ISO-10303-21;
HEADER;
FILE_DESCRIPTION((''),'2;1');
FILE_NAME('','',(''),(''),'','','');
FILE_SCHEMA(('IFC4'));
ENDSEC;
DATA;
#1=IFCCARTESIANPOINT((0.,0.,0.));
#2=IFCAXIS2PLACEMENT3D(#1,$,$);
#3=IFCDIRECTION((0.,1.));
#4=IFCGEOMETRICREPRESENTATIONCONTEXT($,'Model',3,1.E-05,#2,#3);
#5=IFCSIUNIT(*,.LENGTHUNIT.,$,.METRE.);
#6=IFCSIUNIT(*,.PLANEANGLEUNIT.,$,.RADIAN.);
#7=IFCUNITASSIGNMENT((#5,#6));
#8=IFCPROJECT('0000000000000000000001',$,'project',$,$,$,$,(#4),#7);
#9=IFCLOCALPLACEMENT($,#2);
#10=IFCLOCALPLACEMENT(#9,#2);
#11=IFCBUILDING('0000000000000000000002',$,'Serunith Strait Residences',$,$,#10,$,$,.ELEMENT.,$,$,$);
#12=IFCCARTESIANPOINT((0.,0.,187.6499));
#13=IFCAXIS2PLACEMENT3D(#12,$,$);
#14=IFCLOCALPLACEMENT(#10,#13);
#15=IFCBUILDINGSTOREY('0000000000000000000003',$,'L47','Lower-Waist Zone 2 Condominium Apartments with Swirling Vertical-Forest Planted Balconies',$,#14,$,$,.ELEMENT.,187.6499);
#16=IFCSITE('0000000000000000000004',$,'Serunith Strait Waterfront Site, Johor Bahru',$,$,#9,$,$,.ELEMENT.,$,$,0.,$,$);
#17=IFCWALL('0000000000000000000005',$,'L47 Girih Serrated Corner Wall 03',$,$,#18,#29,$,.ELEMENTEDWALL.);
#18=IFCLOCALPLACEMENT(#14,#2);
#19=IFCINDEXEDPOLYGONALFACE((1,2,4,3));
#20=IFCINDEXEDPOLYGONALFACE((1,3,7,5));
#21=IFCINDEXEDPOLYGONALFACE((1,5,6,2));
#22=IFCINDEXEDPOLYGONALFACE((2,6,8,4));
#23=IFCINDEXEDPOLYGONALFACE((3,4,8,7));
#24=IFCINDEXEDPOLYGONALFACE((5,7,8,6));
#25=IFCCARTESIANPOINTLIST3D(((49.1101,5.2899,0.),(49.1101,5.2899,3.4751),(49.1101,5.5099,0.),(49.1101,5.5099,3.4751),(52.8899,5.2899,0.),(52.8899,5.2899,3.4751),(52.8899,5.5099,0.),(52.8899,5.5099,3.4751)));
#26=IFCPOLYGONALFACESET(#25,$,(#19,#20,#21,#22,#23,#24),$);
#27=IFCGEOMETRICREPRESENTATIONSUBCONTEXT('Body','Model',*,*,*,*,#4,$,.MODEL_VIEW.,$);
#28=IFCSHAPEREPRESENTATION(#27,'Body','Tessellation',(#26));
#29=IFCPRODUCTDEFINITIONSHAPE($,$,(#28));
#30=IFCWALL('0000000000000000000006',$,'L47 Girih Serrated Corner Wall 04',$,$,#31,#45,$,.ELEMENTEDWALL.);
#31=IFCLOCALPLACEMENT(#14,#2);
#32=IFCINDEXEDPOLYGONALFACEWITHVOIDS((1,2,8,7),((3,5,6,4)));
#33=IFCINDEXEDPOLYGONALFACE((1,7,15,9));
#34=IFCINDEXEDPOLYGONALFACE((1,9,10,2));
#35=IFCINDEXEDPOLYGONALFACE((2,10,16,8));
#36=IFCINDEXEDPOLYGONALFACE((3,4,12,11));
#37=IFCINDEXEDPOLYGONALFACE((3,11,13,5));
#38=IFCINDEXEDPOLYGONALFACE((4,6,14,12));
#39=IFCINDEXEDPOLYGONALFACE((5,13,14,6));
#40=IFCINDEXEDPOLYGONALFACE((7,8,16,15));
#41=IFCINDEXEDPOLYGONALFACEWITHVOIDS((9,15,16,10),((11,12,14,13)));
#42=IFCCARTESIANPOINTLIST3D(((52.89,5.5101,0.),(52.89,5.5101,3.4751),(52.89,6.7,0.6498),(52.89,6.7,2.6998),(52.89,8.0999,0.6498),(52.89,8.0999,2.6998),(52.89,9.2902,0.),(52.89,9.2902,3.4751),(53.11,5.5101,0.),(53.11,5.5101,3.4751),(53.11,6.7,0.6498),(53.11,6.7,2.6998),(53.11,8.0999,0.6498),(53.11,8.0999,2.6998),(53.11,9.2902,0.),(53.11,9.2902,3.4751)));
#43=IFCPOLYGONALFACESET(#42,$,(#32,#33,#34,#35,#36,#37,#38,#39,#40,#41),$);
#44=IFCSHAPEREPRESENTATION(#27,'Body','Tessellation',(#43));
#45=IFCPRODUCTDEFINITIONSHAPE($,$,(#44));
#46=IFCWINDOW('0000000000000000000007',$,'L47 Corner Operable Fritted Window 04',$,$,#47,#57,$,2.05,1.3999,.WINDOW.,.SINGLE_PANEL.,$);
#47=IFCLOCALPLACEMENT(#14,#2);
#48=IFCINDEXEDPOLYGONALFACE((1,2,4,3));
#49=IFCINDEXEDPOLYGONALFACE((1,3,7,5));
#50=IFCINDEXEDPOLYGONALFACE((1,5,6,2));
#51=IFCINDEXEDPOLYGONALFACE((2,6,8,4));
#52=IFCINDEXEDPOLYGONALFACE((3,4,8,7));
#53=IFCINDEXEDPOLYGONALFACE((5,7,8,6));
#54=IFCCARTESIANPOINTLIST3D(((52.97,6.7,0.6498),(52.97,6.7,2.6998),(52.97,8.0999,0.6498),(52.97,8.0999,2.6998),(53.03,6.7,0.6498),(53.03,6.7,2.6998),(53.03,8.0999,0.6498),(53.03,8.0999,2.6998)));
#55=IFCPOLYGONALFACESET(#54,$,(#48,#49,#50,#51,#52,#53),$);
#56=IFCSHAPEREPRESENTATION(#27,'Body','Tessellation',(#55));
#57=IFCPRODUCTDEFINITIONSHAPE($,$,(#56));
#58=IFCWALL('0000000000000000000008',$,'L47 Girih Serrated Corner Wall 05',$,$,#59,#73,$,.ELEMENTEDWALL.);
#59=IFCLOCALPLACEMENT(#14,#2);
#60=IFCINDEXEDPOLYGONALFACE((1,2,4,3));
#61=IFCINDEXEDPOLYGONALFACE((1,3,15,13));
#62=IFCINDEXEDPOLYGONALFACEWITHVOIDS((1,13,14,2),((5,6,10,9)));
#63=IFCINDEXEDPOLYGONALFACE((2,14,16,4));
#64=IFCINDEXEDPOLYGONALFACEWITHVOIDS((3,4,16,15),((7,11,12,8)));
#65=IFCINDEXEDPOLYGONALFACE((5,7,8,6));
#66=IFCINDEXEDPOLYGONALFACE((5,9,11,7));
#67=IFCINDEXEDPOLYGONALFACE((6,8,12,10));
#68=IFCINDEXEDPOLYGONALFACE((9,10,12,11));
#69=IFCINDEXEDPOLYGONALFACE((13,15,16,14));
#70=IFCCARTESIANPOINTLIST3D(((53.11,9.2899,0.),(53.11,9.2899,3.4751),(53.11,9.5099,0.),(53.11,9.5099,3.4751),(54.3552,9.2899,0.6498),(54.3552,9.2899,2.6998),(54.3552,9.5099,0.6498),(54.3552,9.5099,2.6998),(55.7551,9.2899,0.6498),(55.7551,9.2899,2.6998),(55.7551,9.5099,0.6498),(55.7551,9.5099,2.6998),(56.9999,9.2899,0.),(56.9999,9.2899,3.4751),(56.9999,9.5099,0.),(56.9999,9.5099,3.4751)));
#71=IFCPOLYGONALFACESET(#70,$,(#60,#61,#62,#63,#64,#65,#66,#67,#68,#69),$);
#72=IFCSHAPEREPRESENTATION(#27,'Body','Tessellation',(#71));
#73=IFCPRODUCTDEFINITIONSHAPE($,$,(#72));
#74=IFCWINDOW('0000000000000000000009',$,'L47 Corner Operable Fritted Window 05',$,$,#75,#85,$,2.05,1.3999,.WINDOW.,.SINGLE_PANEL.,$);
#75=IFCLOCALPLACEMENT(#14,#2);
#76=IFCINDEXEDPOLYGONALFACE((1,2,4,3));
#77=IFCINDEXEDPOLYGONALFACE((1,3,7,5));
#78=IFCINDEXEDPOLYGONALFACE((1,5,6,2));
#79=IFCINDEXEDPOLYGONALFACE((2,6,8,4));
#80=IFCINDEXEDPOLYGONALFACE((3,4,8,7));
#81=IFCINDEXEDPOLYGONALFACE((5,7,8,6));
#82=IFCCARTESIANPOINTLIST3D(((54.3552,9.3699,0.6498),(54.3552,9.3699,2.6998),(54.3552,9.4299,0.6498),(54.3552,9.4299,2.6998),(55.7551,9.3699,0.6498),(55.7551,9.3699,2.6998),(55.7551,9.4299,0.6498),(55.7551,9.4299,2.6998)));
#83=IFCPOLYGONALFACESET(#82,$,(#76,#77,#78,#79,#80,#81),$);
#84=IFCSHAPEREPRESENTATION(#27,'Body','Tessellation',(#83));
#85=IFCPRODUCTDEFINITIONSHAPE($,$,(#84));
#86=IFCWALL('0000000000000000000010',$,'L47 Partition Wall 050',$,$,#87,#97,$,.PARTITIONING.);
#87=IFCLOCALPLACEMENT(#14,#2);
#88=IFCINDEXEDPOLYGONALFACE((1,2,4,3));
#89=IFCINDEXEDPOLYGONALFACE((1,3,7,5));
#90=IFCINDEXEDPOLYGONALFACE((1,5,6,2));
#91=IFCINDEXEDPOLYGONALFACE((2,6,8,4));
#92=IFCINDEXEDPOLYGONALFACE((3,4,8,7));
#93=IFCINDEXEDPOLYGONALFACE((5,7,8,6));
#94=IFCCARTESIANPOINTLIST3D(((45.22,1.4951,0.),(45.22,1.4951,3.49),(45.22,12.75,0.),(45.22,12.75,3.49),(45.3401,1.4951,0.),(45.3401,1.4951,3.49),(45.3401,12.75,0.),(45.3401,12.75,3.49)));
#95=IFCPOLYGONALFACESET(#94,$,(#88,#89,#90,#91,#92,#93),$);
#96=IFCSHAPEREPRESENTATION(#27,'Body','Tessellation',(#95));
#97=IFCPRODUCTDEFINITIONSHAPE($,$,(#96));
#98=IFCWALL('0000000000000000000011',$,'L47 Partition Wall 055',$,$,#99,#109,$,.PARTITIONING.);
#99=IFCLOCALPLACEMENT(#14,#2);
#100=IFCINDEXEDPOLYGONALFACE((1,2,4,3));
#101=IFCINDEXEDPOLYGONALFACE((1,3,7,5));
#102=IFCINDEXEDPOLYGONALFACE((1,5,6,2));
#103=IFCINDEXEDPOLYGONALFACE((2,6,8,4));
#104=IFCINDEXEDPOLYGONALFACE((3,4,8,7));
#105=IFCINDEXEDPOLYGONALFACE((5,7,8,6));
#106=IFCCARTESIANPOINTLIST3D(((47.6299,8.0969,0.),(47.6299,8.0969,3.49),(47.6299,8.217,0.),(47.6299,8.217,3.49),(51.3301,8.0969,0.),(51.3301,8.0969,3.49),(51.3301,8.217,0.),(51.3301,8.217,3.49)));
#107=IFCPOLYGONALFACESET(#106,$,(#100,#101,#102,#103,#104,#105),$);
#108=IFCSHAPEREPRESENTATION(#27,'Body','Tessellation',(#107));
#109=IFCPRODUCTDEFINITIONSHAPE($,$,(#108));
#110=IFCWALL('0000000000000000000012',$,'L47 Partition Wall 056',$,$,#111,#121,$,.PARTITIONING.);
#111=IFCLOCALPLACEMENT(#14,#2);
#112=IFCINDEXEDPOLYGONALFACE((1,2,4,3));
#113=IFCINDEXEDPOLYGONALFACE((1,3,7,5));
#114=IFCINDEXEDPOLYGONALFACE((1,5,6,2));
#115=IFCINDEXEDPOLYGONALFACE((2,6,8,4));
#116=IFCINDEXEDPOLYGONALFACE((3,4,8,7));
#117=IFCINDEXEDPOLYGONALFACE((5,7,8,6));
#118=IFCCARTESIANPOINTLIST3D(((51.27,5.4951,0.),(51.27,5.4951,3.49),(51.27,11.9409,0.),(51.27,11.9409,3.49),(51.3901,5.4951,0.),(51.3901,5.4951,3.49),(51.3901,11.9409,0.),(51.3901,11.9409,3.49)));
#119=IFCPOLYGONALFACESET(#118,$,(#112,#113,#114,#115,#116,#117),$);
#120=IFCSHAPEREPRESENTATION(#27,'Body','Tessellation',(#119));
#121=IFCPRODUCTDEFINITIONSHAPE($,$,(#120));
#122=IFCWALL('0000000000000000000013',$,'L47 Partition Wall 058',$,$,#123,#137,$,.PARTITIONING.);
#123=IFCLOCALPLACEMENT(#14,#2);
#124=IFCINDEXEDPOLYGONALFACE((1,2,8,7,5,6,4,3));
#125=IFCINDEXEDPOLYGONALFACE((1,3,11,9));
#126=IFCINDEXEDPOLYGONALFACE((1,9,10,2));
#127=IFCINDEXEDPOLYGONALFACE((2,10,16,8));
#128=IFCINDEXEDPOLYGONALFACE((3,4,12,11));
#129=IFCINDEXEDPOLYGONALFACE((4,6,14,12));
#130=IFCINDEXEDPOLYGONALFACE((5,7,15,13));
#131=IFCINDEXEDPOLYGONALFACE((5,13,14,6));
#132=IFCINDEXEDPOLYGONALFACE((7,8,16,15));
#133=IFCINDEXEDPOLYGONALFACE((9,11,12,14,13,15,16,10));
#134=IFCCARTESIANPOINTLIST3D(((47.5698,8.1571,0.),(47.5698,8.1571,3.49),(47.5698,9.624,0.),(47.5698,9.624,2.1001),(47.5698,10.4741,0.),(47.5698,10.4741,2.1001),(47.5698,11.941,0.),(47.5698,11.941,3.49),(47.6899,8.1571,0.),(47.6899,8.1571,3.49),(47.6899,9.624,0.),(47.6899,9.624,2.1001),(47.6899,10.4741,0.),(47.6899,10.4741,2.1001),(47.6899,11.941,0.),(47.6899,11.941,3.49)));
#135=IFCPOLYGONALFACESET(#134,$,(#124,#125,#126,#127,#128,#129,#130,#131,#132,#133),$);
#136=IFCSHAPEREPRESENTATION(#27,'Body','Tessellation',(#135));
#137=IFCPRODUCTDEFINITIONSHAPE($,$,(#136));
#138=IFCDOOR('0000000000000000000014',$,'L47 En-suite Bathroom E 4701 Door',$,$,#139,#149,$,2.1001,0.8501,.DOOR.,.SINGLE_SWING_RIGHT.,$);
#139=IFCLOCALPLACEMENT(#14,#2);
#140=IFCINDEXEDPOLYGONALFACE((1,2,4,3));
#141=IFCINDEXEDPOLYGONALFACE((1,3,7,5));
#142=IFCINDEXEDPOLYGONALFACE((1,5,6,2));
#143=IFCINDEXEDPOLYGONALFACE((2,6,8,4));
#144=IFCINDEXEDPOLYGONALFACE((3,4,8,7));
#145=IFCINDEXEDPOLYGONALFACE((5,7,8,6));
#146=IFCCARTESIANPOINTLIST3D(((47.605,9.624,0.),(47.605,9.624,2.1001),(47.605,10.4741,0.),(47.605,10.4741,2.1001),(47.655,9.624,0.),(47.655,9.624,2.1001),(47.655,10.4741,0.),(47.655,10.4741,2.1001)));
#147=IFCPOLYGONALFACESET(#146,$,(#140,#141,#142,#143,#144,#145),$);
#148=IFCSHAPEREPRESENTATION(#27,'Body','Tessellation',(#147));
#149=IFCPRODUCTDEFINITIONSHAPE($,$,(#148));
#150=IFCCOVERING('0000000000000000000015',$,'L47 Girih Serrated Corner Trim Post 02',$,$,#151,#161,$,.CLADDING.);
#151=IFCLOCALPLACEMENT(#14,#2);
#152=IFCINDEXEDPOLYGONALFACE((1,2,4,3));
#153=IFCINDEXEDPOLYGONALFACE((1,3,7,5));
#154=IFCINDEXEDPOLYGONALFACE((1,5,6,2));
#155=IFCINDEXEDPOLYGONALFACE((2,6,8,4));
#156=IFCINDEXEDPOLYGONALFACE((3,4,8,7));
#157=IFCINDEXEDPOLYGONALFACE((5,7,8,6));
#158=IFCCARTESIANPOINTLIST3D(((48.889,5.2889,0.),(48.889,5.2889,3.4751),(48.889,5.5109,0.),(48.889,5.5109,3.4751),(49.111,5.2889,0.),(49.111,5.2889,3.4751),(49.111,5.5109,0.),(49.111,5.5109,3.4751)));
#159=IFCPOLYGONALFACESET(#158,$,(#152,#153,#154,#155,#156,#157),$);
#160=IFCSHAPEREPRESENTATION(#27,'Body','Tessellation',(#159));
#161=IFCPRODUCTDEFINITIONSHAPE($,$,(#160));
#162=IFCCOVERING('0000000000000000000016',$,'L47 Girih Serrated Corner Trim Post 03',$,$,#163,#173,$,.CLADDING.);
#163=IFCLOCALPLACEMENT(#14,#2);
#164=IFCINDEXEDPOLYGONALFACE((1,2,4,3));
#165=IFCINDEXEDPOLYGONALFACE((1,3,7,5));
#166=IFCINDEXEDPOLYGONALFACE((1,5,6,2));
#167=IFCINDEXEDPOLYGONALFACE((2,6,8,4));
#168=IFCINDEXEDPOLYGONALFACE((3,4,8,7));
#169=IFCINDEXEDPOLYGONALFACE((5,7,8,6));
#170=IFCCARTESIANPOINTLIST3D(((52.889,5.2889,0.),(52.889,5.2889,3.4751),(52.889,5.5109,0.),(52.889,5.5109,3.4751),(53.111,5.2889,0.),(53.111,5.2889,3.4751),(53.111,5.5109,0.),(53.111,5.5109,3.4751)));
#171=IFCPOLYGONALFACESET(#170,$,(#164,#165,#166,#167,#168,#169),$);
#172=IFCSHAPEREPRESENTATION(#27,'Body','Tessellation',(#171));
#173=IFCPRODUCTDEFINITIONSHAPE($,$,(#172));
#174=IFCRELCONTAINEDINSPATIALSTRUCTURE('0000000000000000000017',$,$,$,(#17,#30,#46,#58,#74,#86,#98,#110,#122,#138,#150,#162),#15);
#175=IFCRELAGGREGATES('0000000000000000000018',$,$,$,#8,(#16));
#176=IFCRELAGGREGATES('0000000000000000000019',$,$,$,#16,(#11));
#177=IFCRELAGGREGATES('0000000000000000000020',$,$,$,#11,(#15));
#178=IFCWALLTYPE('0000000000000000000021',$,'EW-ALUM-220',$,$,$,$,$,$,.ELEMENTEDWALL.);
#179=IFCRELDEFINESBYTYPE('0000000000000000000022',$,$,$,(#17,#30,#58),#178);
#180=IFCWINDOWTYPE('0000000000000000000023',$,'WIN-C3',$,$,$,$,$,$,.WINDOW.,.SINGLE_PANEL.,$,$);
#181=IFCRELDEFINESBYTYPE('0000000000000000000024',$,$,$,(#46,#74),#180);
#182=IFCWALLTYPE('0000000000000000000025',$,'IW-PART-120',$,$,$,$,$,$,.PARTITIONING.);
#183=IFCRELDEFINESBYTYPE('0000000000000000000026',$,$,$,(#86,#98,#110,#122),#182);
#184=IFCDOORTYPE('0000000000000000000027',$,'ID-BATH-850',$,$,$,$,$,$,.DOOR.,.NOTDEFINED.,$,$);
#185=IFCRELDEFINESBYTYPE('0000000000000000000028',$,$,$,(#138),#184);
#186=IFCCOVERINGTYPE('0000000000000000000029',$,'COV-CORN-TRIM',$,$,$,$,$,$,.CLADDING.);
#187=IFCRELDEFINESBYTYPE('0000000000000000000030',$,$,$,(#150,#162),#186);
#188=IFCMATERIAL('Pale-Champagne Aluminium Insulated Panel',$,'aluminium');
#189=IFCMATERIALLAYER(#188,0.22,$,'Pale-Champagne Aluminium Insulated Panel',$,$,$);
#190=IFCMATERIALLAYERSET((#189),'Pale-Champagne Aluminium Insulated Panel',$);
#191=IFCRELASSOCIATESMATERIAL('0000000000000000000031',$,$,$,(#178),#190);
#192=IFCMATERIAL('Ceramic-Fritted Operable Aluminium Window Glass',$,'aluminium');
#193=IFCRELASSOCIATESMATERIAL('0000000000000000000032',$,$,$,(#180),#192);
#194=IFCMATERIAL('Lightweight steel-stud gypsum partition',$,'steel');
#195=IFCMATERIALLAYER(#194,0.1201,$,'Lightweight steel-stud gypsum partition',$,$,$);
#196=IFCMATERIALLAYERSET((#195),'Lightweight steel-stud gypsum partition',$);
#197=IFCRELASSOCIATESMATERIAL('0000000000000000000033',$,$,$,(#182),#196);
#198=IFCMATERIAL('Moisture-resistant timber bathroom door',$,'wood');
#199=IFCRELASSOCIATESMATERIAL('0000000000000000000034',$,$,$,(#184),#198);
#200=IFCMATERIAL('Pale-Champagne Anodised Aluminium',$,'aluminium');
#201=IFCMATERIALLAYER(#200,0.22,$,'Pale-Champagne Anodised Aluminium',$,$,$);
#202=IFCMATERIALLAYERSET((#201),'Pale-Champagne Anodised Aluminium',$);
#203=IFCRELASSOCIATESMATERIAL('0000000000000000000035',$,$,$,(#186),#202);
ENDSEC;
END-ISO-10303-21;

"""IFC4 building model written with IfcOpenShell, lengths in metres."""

from ifc_helpers import new_model, si_unit, direction, frame, frame_2d, origin, origin_2d, place, context, subcontext, project, spatial, rectangle, extrude, source, transform, mapped, material, layer, layer_set, type_object, element, fill, save


model = new_model("IFC4")

# Units and contexts
model_context = context("Model", 3, precision=1e-05, world=origin(), true_north=direction((0.0, 1.0)))
body_context = subcontext(model_context, "Body", "Model", "MODEL_VIEW")
ifc_project = project(units=[si_unit("LENGTHUNIT", "METRE"), si_unit("PLANEANGLEUNIT", "RADIAN")], contexts=[model_context])

# Site, building, storey
site_placement = place(None, origin())
site = spatial("IfcSite", under=ifc_project, at=site_placement, Name="Serunith Strait Waterfront Site, Johor Bahru", CompositionType="ELEMENT", RefElevation=0.0)
building_placement = place(site_placement, origin())
building = spatial("IfcBuilding", under=site, at=building_placement, Name="Serunith Strait Residences", CompositionType="ELEMENT")
storey_placement = place(building_placement, frame((0.0, 0.0, 187.6499)))
storey = spatial("IfcBuildingStorey", under=building, at=storey_placement, Name="L47", Description="Lower-Waist Zone 2 Condominium Apartments with Swirling Vertical-Forest Planted Balconies", CompositionType="ELEMENT", Elevation=187.6499)

# Shared definitions
ifc_material_1 = material(Name="Pale-Champagne Anodised Aluminium", Category="aluminium")

# Shared definitions
ifc_material_2 = material(Name="Pale-Champagne Aluminium Insulated Panel", Category="aluminium")
ifc_layer_1 = layer(ifc_material_2, 0.22, Name="Pale-Champagne Aluminium Insulated Panel")
ifc_layer_set_1 = layer_set([ifc_layer_1], Name="Pale-Champagne Aluminium Insulated Panel")
wall_type_1 = type_object("IfcWallType", Name="EW-ALUM-220", PredefinedType="ELEMENTEDWALL", material=ifc_layer_set_1)
ifc_material_3 = material(Name="Ceramic-Fritted Operable Aluminium Window Glass", Category="aluminium")
window_type = type_object("IfcWindowType", Name="WIN-C3", PartitioningType="SINGLE_PANEL", PredefinedType="WINDOW", material=ifc_material_3)
shared_shape_1 = source(origin(), body_context, "Body", "SweptSolid", [
    extrude(rectangle(XDim=1.3999, YDim=2.05, at=frame_2d((0.7, 1.0249))), frame((0.0, 0.03, 0.0), z_axis=(0.0, -1.0, 0.0), x_axis=(1.0, 0.0, 0.0)), (0.0, 0.0, 1.0), 0.0601),
])

# Wall
wall_1_placement = place(storey_placement, frame((49.1101, 5.3999, 0.0), z_axis=(0.0, 0.0, 1.0), x_axis=(1.0, 0.0, 0.0)))
element("IfcWall", 1, at=wall_1_placement, inside=storey, type_object=wall_type_1, Name="L47 Girih Serrated Corner Wall 03", PredefinedType="ELEMENTEDWALL", context=body_context, shape_type="SweptSolid", body=[
    extrude(rectangle(XDim=3.7798, YDim=0.22, at=frame_2d((1.8899, 0.0))), origin(), (0.0, 0.0, 1.0), 3.4751),
])

# Walls, openings, windows
wall_2_placement = place(storey_placement, frame((53.0, 5.51, 0.0), z_axis=(0.0, 0.0, 1.0), x_axis=(0.0, 1.0, 0.0)))
wall_2 = element("IfcWall", 2, at=wall_2_placement, inside=storey, type_object=wall_type_1, Name="L47 Girih Serrated Corner Wall 04", PredefinedType="ELEMENTEDWALL", context=body_context, shape_type="SweptSolid", body=[
    extrude(rectangle(XDim=3.78, YDim=0.22, at=frame_2d((1.8901, 0.0))), origin(), (0.0, 0.0, 1.0), 3.4751),
])
opening_1_placement = place(wall_2_placement, frame((1.1899, 0.0, 0.6499)))
opening_1 = element("IfcOpeningElement", 3, at=opening_1_placement, cuts=wall_2, PredefinedType="OPENING", context=body_context, shape_type="SweptSolid", body=[
    extrude(rectangle(XDim=1.3999, YDim=2.05, at=frame_2d((0.7, 1.0249))), frame((0.0, 0.1201, 0.0), z_axis=(0.0, -1.0, 0.0), x_axis=(1.0, 0.0, 0.0)), (0.0, 0.0, 1.0), 0.24),
])
window_1_placement = place(opening_1_placement, origin())
window_1 = element("IfcWindow", 4, at=window_1_placement, inside=storey, type_object=window_type, Name="L47 Corner Operable Fritted Window 04", OverallHeight=2.05, OverallWidth=1.3999, PartitioningType="SINGLE_PANEL", PredefinedType="WINDOW", context=body_context, shape_type="MappedRepresentation", body=[
    mapped(shared_shape_1, transform((0.0, 0.0, 0.0), scale=1.0)),
])
fill(opening_1, window_1)
wall_3_placement = place(storey_placement, frame((53.1101, 9.3999, 0.0), z_axis=(0.0, 0.0, 1.0), x_axis=(1.0, 0.0, 0.0)))
wall_3 = element("IfcWall", 5, at=wall_3_placement, inside=storey, type_object=wall_type_1, Name="L47 Girih Serrated Corner Wall 05", PredefinedType="ELEMENTEDWALL", context=body_context, shape_type="SweptSolid", body=[
    extrude(rectangle(XDim=3.8899, YDim=0.22, at=frame_2d((1.9448, 0.0))), origin(), (0.0, 0.0, 1.0), 3.4751),
])
opening_2_placement = place(wall_3_placement, frame((1.2451, 0.0, 0.6499)))
opening_2 = element("IfcOpeningElement", 6, at=opening_2_placement, cuts=wall_3, PredefinedType="OPENING", context=body_context, shape_type="SweptSolid", body=[
    extrude(rectangle(XDim=1.3999, YDim=2.05, at=frame_2d((0.7, 1.0249))), frame((0.0, 0.1201, 0.0), z_axis=(0.0, -1.0, 0.0), x_axis=(1.0, 0.0, 0.0)), (0.0, 0.0, 1.0), 0.24),
])
window_2_placement = place(opening_2_placement, origin())
window_2 = element("IfcWindow", 7, at=window_2_placement, inside=storey, type_object=window_type, Name="L47 Corner Operable Fritted Window 05", OverallHeight=2.05, OverallWidth=1.3999, PartitioningType="SINGLE_PANEL", PredefinedType="WINDOW", context=body_context, shape_type="MappedRepresentation", body=[
    mapped(shared_shape_1, transform((0.0, 0.0, 0.0), scale=1.0)),
])
fill(opening_2, window_2)

# Walls
ifc_material_4 = material(Name="Lightweight steel-stud gypsum partition", Category="steel")
ifc_layer_2 = layer(ifc_material_4, 0.1201, Name="Lightweight steel-stud gypsum partition")
ifc_layer_set_2 = layer_set([ifc_layer_2], Name="Lightweight steel-stud gypsum partition")
wall_type_2 = type_object("IfcWallType", Name="IW-PART-120", PredefinedType="PARTITIONING", material=ifc_layer_set_2)
wall_4_placement = place(storey_placement, frame((45.28, 1.4951, 0.0), z_axis=(0.0, 0.0, 1.0), x_axis=(0.0, 1.0, 0.0)))
element("IfcWall", 8, at=wall_4_placement, inside=storey, type_object=wall_type_2, Name="L47 Partition Wall 050", PredefinedType="PARTITIONING", context=body_context, shape_type="SweptSolid", body=[
    extrude(rectangle(XDim=11.2549, YDim=0.1201, at=frame_2d((5.6274, 0.0))), origin(), (0.0, 0.0, 1.0), 3.49),
])
wall_5_placement = place(storey_placement, frame((47.6299, 8.157, 0.0), z_axis=(0.0, 0.0, 1.0), x_axis=(1.0, 0.0, 0.0)))
element("IfcWall", 9, at=wall_5_placement, inside=storey, type_object=wall_type_2, Name="L47 Partition Wall 055", PredefinedType="PARTITIONING", context=body_context, shape_type="SweptSolid", body=[
    extrude(rectangle(XDim=3.7002, YDim=0.1201, at=frame_2d((1.8501, 0.0))), origin(), (0.0, 0.0, 1.0), 3.49),
])
wall_6_placement = place(storey_placement, frame((51.3301, 5.4951, 0.0), z_axis=(0.0, 0.0, 1.0), x_axis=(0.0, 1.0, 0.0)))
element("IfcWall", 10, at=wall_6_placement, inside=storey, type_object=wall_type_2, Name="L47 Partition Wall 056", PredefinedType="PARTITIONING", context=body_context, shape_type="SweptSolid", body=[
    extrude(rectangle(XDim=6.4458, YDim=0.1201, at=frame_2d((3.2229, 0.0))), origin(), (0.0, 0.0, 1.0), 3.49),
])

# Wall, opening, door
wall_7_placement = place(storey_placement, frame((47.6299, 8.157, 0.0), z_axis=(0.0, 0.0, 1.0), x_axis=(0.0, 1.0, 0.0)))
wall_7 = element("IfcWall", 11, at=wall_7_placement, inside=storey, type_object=wall_type_2, Name="L47 Partition Wall 058", PredefinedType="PARTITIONING", context=body_context, shape_type="SweptSolid", body=[
    extrude(rectangle(XDim=3.7839, YDim=0.1201, at=frame_2d((1.8921, 0.0))), origin(), (0.0, 0.0, 1.0), 3.49),
])
opening_3_placement = place(wall_7_placement, frame((1.467, 0.0, 0.0)))
opening_3 = element("IfcOpeningElement", 12, at=opening_3_placement, cuts=wall_7, PredefinedType="OPENING", context=body_context, shape_type="SweptSolid", body=[
    extrude(rectangle(XDim=0.8501, YDim=2.1001, at=frame_2d((0.425, 1.05))), frame((0.0, 0.0701, 0.0), z_axis=(0.0, -1.0, 0.0), x_axis=(1.0, 0.0, 0.0)), (0.0, 0.0, 1.0), 0.1401),
])
ifc_material_5 = material(Name="Moisture-resistant timber bathroom door", Category="wood")
door_type = type_object("IfcDoorType", Name="ID-BATH-850", OperationType="NOTDEFINED", PredefinedType="DOOR", material=ifc_material_5)
shared_shape_2 = source(origin(), body_context, "Body", "SweptSolid", [
    extrude(rectangle(XDim=0.8501, YDim=2.1001, at=frame_2d((0.425, 1.05))), frame((0.0, 0.0249, 0.0), z_axis=(0.0, -1.0, 0.0), x_axis=(1.0, 0.0, 0.0)), (0.0, 0.0, 1.0), 0.05),
])
door_placement = place(opening_3_placement, origin())
door = element("IfcDoor", 13, at=door_placement, inside=storey, type_object=door_type, Name="L47 En-suite Bathroom E 4701 Door", OperationType="SINGLE_SWING_RIGHT", OverallHeight=2.1001, OverallWidth=0.8501, PredefinedType="DOOR", context=body_context, shape_type="MappedRepresentation", body=[
    mapped(shared_shape_2, transform((0.0, 0.0, 0.0), scale=1.0)),
])
fill(opening_3, door)

# Coverings
ifc_layer_3 = layer(ifc_material_1, 0.22, Name="Pale-Champagne Anodised Aluminium")
ifc_layer_set_3 = layer_set([ifc_layer_3], Name="Pale-Champagne Anodised Aluminium")
covering_type = type_object("IfcCoveringType", Name="COV-CORN-TRIM", PredefinedType="CLADDING", material=ifc_layer_set_3)
shared_shape_3 = source(origin(), body_context, "Body", "SweptSolid", [
    extrude(rectangle(XDim=0.2219, YDim=0.2219, at=origin_2d()), origin(), (0.0, 0.0, 1.0), 3.4751),
])
for number, where, z_axis, x_axis, name in (
    (14, (49.0, 5.3999, 0.0), (0.0, 0.0, 1.0), (1.0, 0.0, 0.0), "L47 Girih Serrated Corner Trim Post 02"),
    (15, (53.0, 5.3999, 0.0), (0.0, 0.0, 1.0), (1.0, 0.0, 0.0), "L47 Girih Serrated Corner Trim Post 03"),
):
    element("IfcCovering", number, at=place(storey_placement, frame(where, z_axis=z_axis, x_axis=x_axis)), inside=storey, type_object=covering_type, Name=name, PredefinedType="CLADDING", context=body_context, shape_type="MappedRepresentation", body=[
        mapped(shared_shape_3, transform((0.0, 0.0, 0.0), scale=1.0)),
    ])

save(model, "model.ifc")
